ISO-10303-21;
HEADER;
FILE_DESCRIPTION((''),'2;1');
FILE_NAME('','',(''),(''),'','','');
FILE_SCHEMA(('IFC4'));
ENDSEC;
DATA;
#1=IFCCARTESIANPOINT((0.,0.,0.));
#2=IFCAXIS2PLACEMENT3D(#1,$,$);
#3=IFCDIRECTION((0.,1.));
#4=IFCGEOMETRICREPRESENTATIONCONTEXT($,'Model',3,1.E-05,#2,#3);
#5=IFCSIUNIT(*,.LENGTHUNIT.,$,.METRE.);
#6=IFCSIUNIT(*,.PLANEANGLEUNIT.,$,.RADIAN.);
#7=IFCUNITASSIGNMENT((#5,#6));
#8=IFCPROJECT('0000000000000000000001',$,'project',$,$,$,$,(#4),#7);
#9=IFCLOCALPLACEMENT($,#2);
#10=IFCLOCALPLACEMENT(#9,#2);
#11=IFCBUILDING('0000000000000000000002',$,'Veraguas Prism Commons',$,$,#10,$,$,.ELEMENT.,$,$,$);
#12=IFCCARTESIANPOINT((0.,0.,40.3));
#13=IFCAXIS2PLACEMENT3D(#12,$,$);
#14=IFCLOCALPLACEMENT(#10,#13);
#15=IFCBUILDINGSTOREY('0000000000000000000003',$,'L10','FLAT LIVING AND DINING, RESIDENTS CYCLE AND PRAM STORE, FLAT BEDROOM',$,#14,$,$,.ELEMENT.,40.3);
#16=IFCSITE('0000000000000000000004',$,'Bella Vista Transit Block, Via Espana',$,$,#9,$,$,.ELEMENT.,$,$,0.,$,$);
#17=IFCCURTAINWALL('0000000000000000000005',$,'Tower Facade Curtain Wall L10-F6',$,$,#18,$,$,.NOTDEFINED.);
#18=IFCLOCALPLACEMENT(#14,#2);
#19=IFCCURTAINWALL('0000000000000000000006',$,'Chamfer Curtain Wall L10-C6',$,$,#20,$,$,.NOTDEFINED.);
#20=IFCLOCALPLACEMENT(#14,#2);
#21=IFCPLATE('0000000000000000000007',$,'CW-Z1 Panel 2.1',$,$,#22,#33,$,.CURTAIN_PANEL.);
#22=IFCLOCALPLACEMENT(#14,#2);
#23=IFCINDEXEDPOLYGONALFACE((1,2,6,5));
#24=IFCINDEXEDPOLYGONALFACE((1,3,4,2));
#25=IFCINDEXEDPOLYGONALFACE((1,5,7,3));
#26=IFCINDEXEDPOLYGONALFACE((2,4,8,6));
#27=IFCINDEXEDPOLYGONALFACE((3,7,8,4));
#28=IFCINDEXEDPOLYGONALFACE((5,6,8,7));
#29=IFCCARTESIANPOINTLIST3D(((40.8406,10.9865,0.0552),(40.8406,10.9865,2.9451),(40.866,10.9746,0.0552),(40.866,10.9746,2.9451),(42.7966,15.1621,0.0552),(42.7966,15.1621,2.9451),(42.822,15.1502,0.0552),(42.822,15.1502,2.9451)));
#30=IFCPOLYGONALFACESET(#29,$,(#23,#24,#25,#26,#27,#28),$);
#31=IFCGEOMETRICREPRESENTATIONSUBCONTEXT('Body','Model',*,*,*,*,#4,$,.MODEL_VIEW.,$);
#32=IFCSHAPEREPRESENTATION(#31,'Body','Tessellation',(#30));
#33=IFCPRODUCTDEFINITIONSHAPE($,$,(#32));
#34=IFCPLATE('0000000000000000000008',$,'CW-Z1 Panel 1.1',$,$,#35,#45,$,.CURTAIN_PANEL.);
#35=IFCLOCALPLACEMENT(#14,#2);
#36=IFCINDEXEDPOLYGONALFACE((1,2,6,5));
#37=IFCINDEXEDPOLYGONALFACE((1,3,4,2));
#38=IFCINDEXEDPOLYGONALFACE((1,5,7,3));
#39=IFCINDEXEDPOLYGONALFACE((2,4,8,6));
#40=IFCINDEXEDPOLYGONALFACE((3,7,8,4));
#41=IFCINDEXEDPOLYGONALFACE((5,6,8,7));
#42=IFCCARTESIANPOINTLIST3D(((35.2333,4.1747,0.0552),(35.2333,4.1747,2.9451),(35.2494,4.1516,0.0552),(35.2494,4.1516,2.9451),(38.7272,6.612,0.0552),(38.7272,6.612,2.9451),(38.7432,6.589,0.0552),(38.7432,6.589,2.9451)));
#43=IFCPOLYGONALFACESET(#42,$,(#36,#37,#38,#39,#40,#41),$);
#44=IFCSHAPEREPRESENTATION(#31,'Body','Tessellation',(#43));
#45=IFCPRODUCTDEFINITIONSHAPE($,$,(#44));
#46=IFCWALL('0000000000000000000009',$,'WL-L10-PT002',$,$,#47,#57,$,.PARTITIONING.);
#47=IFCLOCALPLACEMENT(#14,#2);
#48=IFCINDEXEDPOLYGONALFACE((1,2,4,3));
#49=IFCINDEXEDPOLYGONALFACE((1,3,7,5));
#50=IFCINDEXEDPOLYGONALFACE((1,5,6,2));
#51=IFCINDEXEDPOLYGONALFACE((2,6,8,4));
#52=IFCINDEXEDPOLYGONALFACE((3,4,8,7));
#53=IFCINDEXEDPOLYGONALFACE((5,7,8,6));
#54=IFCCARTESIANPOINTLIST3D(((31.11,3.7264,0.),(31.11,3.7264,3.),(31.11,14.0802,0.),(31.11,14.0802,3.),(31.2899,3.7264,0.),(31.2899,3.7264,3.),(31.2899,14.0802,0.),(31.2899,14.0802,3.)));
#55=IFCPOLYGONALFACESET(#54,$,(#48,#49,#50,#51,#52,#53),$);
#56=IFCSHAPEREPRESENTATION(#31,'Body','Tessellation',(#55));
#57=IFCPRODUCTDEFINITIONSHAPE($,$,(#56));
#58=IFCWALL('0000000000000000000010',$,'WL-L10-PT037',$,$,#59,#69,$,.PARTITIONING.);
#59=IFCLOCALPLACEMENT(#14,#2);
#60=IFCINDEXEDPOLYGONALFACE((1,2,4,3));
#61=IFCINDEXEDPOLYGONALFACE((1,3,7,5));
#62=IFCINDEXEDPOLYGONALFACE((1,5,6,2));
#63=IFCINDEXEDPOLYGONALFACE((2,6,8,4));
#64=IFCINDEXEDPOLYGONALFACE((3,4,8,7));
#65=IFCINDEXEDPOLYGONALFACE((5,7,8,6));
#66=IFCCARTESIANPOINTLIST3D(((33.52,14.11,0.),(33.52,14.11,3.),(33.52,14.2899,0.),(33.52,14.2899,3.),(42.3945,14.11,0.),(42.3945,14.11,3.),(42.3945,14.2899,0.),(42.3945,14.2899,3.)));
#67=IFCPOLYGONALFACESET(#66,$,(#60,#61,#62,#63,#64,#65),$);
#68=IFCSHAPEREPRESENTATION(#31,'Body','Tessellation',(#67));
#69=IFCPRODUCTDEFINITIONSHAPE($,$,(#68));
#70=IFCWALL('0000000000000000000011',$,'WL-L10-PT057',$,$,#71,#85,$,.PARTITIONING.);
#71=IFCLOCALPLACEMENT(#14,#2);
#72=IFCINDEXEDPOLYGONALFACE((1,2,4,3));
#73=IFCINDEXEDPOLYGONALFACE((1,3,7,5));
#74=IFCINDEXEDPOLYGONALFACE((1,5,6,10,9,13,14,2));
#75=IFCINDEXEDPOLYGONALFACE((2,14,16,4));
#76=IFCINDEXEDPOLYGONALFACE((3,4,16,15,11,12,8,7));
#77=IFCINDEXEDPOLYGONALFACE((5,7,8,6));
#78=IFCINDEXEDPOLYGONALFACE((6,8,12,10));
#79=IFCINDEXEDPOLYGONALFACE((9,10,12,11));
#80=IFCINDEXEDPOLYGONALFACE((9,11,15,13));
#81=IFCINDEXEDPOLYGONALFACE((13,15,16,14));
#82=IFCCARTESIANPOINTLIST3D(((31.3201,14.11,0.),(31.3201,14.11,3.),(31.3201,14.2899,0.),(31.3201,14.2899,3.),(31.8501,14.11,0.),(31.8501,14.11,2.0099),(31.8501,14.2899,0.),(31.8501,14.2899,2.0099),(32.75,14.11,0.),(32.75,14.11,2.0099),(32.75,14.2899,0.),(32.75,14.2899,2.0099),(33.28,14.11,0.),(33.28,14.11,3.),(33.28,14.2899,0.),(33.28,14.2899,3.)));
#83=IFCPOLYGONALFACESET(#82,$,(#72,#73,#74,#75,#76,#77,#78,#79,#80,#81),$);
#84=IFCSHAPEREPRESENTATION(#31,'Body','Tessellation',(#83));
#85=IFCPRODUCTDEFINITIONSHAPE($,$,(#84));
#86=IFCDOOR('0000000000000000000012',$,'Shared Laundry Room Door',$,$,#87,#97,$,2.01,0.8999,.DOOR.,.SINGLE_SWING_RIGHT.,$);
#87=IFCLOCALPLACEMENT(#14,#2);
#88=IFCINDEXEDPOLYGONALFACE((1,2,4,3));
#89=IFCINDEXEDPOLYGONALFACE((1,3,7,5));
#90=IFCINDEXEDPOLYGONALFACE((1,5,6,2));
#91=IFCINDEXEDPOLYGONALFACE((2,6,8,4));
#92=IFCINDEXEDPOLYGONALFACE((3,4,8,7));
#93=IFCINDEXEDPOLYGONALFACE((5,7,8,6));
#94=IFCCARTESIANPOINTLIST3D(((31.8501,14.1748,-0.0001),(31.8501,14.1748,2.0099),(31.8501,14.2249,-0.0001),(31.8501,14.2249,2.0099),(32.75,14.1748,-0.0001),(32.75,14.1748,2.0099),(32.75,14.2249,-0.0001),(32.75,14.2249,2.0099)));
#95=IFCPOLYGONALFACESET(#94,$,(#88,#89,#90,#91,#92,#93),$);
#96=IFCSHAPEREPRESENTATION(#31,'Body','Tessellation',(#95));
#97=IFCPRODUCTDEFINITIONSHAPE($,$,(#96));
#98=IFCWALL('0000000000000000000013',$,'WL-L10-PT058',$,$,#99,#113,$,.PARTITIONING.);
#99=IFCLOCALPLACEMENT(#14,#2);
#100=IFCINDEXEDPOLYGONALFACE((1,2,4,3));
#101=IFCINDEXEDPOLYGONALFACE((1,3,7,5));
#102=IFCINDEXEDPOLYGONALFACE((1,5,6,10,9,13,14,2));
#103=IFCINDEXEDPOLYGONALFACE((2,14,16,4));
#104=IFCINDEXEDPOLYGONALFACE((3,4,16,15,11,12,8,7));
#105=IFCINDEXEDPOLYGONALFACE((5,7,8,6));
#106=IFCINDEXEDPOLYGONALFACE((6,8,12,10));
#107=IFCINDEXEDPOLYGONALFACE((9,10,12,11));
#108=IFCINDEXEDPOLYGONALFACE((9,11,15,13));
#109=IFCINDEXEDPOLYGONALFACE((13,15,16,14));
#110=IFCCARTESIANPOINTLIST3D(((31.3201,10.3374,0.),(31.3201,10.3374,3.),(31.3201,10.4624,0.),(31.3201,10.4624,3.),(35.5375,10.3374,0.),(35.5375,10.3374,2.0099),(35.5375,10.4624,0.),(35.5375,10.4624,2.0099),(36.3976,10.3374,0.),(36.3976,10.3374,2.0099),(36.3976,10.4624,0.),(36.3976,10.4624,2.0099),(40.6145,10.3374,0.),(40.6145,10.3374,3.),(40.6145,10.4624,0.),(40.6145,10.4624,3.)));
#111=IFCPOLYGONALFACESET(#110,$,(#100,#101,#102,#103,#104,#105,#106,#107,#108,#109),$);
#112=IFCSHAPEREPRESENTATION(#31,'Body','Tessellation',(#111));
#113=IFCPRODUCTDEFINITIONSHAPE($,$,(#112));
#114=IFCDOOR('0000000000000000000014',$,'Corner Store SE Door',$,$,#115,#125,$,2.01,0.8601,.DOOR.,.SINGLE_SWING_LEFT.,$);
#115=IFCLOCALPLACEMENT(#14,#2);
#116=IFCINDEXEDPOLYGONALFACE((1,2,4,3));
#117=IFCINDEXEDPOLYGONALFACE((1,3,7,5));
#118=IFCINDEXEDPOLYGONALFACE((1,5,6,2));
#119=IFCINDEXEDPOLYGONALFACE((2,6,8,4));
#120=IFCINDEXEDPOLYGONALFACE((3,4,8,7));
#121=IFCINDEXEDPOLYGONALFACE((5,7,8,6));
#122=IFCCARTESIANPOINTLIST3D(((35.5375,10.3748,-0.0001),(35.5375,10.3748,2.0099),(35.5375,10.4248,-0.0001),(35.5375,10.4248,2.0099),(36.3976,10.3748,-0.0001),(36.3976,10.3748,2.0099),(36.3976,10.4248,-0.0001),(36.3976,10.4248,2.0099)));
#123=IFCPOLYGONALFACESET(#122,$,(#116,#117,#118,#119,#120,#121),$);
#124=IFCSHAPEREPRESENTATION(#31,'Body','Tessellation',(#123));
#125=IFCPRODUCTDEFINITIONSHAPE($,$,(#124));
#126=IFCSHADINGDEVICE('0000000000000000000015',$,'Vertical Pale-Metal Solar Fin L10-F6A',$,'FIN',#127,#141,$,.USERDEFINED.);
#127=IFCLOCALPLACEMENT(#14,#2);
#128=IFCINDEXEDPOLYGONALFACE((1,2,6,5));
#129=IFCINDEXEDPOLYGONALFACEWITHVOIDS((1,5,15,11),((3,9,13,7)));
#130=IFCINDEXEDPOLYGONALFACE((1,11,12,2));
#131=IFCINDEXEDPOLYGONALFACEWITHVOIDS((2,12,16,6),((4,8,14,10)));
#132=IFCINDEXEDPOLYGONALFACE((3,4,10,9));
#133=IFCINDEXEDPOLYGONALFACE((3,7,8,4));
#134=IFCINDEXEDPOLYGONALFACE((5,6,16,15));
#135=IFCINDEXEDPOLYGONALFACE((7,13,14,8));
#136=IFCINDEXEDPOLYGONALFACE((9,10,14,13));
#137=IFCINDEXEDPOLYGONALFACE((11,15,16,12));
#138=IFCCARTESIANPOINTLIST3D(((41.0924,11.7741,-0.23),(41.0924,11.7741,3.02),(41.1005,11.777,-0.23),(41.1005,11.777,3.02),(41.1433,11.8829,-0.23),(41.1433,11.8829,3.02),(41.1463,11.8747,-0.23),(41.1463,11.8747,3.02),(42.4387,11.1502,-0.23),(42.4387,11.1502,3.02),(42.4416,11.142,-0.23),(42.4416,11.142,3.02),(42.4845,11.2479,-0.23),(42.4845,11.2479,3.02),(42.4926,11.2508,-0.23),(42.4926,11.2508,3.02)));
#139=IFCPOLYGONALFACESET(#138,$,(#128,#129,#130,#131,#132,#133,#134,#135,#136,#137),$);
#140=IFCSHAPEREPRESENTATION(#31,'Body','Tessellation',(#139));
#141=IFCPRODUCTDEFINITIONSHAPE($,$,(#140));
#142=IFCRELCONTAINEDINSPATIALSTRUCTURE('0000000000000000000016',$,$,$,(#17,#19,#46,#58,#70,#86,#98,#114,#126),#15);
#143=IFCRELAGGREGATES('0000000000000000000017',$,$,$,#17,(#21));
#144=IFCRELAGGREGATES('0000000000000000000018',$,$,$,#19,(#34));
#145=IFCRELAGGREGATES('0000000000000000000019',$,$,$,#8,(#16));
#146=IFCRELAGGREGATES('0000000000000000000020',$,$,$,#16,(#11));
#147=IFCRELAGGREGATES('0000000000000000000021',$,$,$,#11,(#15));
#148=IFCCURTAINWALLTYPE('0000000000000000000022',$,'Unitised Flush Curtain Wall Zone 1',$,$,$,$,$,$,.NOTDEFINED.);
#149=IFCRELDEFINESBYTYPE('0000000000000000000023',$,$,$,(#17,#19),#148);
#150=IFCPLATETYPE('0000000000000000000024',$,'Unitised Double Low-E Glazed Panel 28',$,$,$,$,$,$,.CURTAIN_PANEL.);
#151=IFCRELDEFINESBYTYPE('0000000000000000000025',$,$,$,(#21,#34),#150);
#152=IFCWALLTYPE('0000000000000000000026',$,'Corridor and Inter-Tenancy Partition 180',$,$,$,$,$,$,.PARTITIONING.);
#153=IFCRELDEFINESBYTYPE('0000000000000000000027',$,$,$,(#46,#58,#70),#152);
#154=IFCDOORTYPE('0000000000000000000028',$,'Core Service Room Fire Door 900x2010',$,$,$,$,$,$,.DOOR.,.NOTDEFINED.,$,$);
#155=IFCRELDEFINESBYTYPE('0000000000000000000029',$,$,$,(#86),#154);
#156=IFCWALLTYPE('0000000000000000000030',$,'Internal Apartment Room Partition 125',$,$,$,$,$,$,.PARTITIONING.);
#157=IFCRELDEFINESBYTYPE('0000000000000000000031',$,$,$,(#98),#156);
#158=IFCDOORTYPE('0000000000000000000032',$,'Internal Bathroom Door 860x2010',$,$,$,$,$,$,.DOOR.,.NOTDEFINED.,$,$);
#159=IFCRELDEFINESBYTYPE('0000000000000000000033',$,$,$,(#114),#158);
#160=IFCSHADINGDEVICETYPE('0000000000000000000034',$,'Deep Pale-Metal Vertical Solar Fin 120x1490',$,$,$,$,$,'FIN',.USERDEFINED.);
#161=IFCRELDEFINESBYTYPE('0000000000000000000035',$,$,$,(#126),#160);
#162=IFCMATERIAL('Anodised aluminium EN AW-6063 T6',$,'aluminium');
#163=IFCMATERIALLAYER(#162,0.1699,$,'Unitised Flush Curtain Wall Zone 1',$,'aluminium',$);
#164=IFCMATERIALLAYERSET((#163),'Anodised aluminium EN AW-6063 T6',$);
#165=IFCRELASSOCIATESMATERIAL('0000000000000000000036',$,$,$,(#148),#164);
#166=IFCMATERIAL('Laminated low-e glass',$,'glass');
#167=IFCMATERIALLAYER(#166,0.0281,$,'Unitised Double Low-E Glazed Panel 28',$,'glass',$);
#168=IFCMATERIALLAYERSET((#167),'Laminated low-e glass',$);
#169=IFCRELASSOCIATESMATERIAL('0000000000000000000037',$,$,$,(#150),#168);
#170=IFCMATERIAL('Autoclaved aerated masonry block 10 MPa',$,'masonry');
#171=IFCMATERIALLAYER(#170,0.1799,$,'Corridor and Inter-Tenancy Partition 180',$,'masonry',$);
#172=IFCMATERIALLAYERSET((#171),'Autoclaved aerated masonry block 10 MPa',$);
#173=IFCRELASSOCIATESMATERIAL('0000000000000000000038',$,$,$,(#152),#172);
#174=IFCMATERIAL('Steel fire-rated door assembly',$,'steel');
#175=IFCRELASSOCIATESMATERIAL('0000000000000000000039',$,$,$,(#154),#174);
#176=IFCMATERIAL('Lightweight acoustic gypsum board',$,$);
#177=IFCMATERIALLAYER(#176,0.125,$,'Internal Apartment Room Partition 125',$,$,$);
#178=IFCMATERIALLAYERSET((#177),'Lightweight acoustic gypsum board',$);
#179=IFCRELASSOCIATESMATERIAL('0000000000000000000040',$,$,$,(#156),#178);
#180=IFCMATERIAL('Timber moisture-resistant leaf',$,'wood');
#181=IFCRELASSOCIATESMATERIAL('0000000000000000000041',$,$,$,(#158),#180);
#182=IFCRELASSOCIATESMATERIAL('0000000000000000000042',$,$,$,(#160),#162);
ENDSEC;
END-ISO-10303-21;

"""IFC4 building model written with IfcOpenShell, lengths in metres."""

from ifc_helpers import new_model, si_unit, direction, frame, frame_2d, origin, origin_2d, place, context, subcontext, project, spatial, rectangle, hollow_rectangle, extrude, source, transform, mapped, material, layer, layer_set, material_profile, profile_set, type_object, element, fill, aggregate, save


model = new_model("IFC4")

# Units and contexts
model_context = context("Model", 3, precision=1e-05, world=origin(), true_north=direction((0.0, 1.0)))
body_context = subcontext(model_context, "Body", "Model", "MODEL_VIEW")
ifc_project = project(units=[si_unit("LENGTHUNIT", "METRE"), si_unit("PLANEANGLEUNIT", "RADIAN")], contexts=[model_context])

# Site, building, storey
site_placement = place(None, origin())
site = spatial("IfcSite", under=ifc_project, at=site_placement, Name="Bella Vista Transit Block, Via Espana", CompositionType="ELEMENT", RefElevation=0.0)
building_placement = place(site_placement, origin())
building = spatial("IfcBuilding", under=site, at=building_placement, Name="Veraguas Prism Commons", CompositionType="ELEMENT")
storey_placement = place(building_placement, frame((0.0, 0.0, 40.3)))
storey = spatial("IfcBuildingStorey", under=building, at=storey_placement, Name="L10", Description="FLAT LIVING AND DINING, RESIDENTS CYCLE AND PRAM STORE, FLAT BEDROOM", CompositionType="ELEMENT", Elevation=40.3)

# Curtain wall
ifc_material_1 = material(Name="Anodised aluminium EN AW-6063 T6", Category="aluminium")
ifc_layer_1 = layer(ifc_material_1, 0.1699, Name="Unitised Flush Curtain Wall Zone 1", Category="aluminium")
ifc_layer_set_1 = layer_set([ifc_layer_1], Name="Anodised aluminium EN AW-6063 T6")
curtain_wall_type = type_object("IfcCurtainWallType", Name="Unitised Flush Curtain Wall Zone 1", PredefinedType="NOTDEFINED", material=ifc_layer_set_1)
curtain_wall_1_placement = place(storey_placement, origin())
curtain_wall_1 = element("IfcCurtainWall", 1, at=curtain_wall_1_placement, inside=storey, type_object=curtain_wall_type, Name="Tower Facade Curtain Wall L10-F6", PredefinedType="NOTDEFINED")

# Curtain wall
curtain_wall_2_placement = place(storey_placement, origin())
curtain_wall_2 = element("IfcCurtainWall", 2, at=curtain_wall_2_placement, inside=storey, type_object=curtain_wall_type, Name="Chamfer Curtain Wall L10-C6", PredefinedType="NOTDEFINED")

# Plates
ifc_material_2 = material(Name="Laminated low-e glass", Category="glass")
ifc_layer_2 = layer(ifc_material_2, 0.0281, Name="Unitised Double Low-E Glazed Panel 28", Category="glass")
ifc_layer_set_2 = layer_set([ifc_layer_2], Name="Laminated low-e glass")
plate_type = type_object("IfcPlateType", Name="Unitised Double Low-E Glazed Panel 28", PredefinedType="CURTAIN_PANEL", material=ifc_layer_set_2)
shared_shape_1 = source(origin(), body_context, "Body", "SweptSolid", [
    extrude(rectangle(XDim=4.6111, YDim=0.0281, at=origin_2d()), origin(), (0.0, 0.0, 1.0), 2.8899),
])
plate_1_placement = place(storey_placement, frame((41.8313, 13.0684, 0.0552), z_axis=(0.0, 0.0, 1.0), x_axis=(0.424195, 0.905571, 0.0)))
plate_1 = element("IfcPlate", 3, at=plate_1_placement, type_object=plate_type, Name="CW-Z1 Panel 2.1", PredefinedType="CURTAIN_PANEL", context=body_context, shape_type="MappedRepresentation", body=[
    mapped(shared_shape_1, transform((0.0, 0.0, 0.0), scale=1.0)),
])
aggregate(curtain_wall_1, [plate_1])
shared_shape_2 = source(origin(), body_context, "Body", "SweptSolid", [
    extrude(rectangle(XDim=4.26, YDim=0.0281, at=origin_2d()), origin(), (0.0, 0.0, 1.0), 2.8899),
])
plate_2_placement = place(storey_placement, frame((36.9883, 5.3818, 0.0552), z_axis=(0.0, 0.0, 1.0), x_axis=(0.820144, 0.572157, 0.0)))
plate_2 = element("IfcPlate", 4, at=plate_2_placement, type_object=plate_type, Name="CW-Z1 Panel 1.1", PredefinedType="CURTAIN_PANEL", context=body_context, shape_type="MappedRepresentation", body=[
    mapped(shared_shape_2, transform((0.0, 0.0, 0.0), scale=1.0)),
])
aggregate(curtain_wall_2, [plate_2])

# Walls
ifc_material_3 = material(Name="Autoclaved aerated masonry block 10 MPa", Category="masonry")
ifc_layer_3 = layer(ifc_material_3, 0.1799, Name="Corridor and Inter-Tenancy Partition 180", Category="masonry")
ifc_layer_set_3 = layer_set([ifc_layer_3], Name="Autoclaved aerated masonry block 10 MPa")
wall_type_1 = type_object("IfcWallType", Name="Corridor and Inter-Tenancy Partition 180", PredefinedType="PARTITIONING", material=ifc_layer_set_3)
wall_1_placement = place(storey_placement, frame((31.2, 14.0801, 0.0), z_axis=(0.0, 0.0, 1.0), x_axis=(0.0, -1.0, 0.0)))
element("IfcWall", 5, at=wall_1_placement, inside=storey, type_object=wall_type_1, Name="WL-L10-PT002", PredefinedType="PARTITIONING", context=body_context, shape_type="SweptSolid", body=[
    extrude(rectangle(XDim=10.3538, YDim=0.1799, at=frame_2d((5.1768, 0.0))), origin(), (0.0, 0.0, 1.0), 3.0),
])
wall_2_placement = place(storey_placement, frame((33.52, 14.2, 0.0), z_axis=(0.0, 0.0, 1.0), x_axis=(1.0, 0.0, 0.0)))
element("IfcWall", 6, at=wall_2_placement, inside=storey, type_object=wall_type_1, Name="WL-L10-PT037", PredefinedType="PARTITIONING", context=body_context, shape_type="SweptSolid", body=[
    extrude(rectangle(XDim=8.8745, YDim=0.1799, at=frame_2d((4.4373, 0.0))), origin(), (0.0, 0.0, 1.0), 3.0),
])

# Walls, openings, doors
wall_3_placement = place(storey_placement, frame((31.3201, 14.2, 0.0), z_axis=(0.0, 0.0, 1.0), x_axis=(1.0, 0.0, 0.0)))
wall_3 = element("IfcWall", 7, at=wall_3_placement, inside=storey, type_object=wall_type_1, Name="WL-L10-PT057", PredefinedType="PARTITIONING", context=body_context, shape_type="SweptSolid", body=[
    extrude(rectangle(XDim=1.96, YDim=0.1799, at=frame_2d((0.98, 0.0))), origin(), (0.0, 0.0, 1.0), 3.0),
])
opening_1_placement = place(wall_3_placement, frame((0.53, 0.0, 0.0)))
opening_1 = element("IfcOpeningElement", 8, at=opening_1_placement, cuts=wall_3, PredefinedType="OPENING", context=body_context, shape_type="SweptSolid", body=[
    extrude(rectangle(XDim=0.8999, YDim=2.01, at=frame_2d((0.45, 1.0049))), frame((0.0, 0.0999, 0.0), z_axis=(0.0, -1.0, 0.0), x_axis=(1.0, 0.0, 0.0)), (0.0, 0.0, 1.0), 0.2),
])
ifc_material_4 = material(Name="Steel fire-rated door assembly", Category="steel")
door_type_1 = type_object("IfcDoorType", Name="Core Service Room Fire Door 900x2010", OperationType="NOTDEFINED", PredefinedType="DOOR", material=ifc_material_4)
shared_shape_3 = source(origin(), body_context, "Body", "SweptSolid", [
    extrude(rectangle(XDim=0.8999, YDim=2.01, at=frame_2d((0.45, 1.0049))), frame((0.0, 0.0249, 0.0), z_axis=(0.0, -1.0, 0.0), x_axis=(1.0, 0.0, 0.0)), (0.0, 0.0, 1.0), 0.05),
])
door_1_placement = place(opening_1_placement, origin())
door_1 = element("IfcDoor", 9, at=door_1_placement, inside=storey, type_object=door_type_1, Name="Shared Laundry Room Door", OperationType="SINGLE_SWING_RIGHT", OverallHeight=2.01, OverallWidth=0.8999, PredefinedType="DOOR", context=body_context, shape_type="MappedRepresentation", body=[
    mapped(shared_shape_3, transform((0.0, 0.0, 0.0), scale=1.0)),
])
fill(opening_1, door_1)
ifc_material_5 = material(Name="Lightweight acoustic gypsum board")
ifc_layer_4 = layer(ifc_material_5, 0.125, Name="Internal Apartment Room Partition 125")
ifc_layer_set_4 = layer_set([ifc_layer_4], Name="Lightweight acoustic gypsum board")
wall_type_2 = type_object("IfcWallType", Name="Internal Apartment Room Partition 125", PredefinedType="PARTITIONING", material=ifc_layer_set_4)
wall_4_placement = place(storey_placement, frame((31.3201, 10.3999, 0.0), z_axis=(0.0, 0.0, 1.0), x_axis=(1.0, 0.0, 0.0)))
wall_4 = element("IfcWall", 10, at=wall_4_placement, inside=storey, type_object=wall_type_2, Name="WL-L10-PT058", PredefinedType="PARTITIONING", context=body_context, shape_type="SweptSolid", body=[
    extrude(rectangle(XDim=9.2944, YDim=0.125, at=frame_2d((4.6472, 0.0))), origin(), (0.0, 0.0, 1.0), 3.0),
])
opening_2_placement = place(wall_4_placement, frame((4.2173, 0.0, 0.0)))
opening_2 = element("IfcOpeningElement", 11, at=opening_2_placement, cuts=wall_4, PredefinedType="OPENING", context=body_context, shape_type="SweptSolid", body=[
    extrude(rectangle(XDim=0.8601, YDim=2.01, at=frame_2d((0.4302, 1.0049))), frame((0.0, 0.0725, 0.0), z_axis=(0.0, -1.0, 0.0), x_axis=(1.0, 0.0, 0.0)), (0.0, 0.0, 1.0), 0.145),
])
ifc_material_6 = material(Name="Timber moisture-resistant leaf", Category="wood")
door_type_2 = type_object("IfcDoorType", Name="Internal Bathroom Door 860x2010", OperationType="NOTDEFINED", PredefinedType="DOOR", material=ifc_material_6)
shared_shape_4 = source(origin(), body_context, "Body", "SweptSolid", [
    extrude(rectangle(XDim=0.8601, YDim=2.01, at=frame_2d((0.4302, 1.0049))), frame((0.0, 0.0249, 0.0), z_axis=(0.0, -1.0, 0.0), x_axis=(1.0, 0.0, 0.0)), (0.0, 0.0, 1.0), 0.05),
])
door_2_placement = place(opening_2_placement, origin())
door_2 = element("IfcDoor", 12, at=door_2_placement, inside=storey, type_object=door_type_2, Name="Corner Store SE Door", OperationType="SINGLE_SWING_LEFT", OverallHeight=2.01, OverallWidth=0.8601, PredefinedType="DOOR", context=body_context, shape_type="MappedRepresentation", body=[
    mapped(shared_shape_4, transform((0.0, 0.0, 0.0), scale=1.0)),
])
fill(opening_2, door_2)

# Shading device
ifc_material_profile_1 = material_profile(ifc_material_1, hollow_rectangle(XDim=0.1201, YDim=1.49, WallThickness=0.0061, at=origin_2d()), Name="FIN120X1490X6")
ifc_profile_set_1 = profile_set([ifc_material_profile_1], Name="Anodised aluminium EN AW-6063 T6")
shading_device_type = type_object("IfcShadingDeviceType", Name="Deep Pale-Metal Vertical Solar Fin 120x1490", ElementType="FIN", PredefinedType="USERDEFINED", material=ifc_profile_set_1)
shading_device_placement = place(storey_placement, frame((41.7925, 11.5125, -0.23), z_axis=(0.0, 0.0, 1.0), x_axis=(0.424199, 0.905569, 0.0)))
element("IfcShadingDevice", 13, at=shading_device_placement, inside=storey, type_object=shading_device_type, Name="Vertical Pale-Metal Solar Fin L10-F6A", ObjectType="FIN", PredefinedType="USERDEFINED", context=body_context, shape_type="SweptSolid", body=[
    extrude(hollow_rectangle(XDim=0.1201, YDim=1.49, WallThickness=0.0061, at=origin_2d()), origin(), (0.0, 0.0, 1.0), 3.25),
])

save(model, "model.ifc")
